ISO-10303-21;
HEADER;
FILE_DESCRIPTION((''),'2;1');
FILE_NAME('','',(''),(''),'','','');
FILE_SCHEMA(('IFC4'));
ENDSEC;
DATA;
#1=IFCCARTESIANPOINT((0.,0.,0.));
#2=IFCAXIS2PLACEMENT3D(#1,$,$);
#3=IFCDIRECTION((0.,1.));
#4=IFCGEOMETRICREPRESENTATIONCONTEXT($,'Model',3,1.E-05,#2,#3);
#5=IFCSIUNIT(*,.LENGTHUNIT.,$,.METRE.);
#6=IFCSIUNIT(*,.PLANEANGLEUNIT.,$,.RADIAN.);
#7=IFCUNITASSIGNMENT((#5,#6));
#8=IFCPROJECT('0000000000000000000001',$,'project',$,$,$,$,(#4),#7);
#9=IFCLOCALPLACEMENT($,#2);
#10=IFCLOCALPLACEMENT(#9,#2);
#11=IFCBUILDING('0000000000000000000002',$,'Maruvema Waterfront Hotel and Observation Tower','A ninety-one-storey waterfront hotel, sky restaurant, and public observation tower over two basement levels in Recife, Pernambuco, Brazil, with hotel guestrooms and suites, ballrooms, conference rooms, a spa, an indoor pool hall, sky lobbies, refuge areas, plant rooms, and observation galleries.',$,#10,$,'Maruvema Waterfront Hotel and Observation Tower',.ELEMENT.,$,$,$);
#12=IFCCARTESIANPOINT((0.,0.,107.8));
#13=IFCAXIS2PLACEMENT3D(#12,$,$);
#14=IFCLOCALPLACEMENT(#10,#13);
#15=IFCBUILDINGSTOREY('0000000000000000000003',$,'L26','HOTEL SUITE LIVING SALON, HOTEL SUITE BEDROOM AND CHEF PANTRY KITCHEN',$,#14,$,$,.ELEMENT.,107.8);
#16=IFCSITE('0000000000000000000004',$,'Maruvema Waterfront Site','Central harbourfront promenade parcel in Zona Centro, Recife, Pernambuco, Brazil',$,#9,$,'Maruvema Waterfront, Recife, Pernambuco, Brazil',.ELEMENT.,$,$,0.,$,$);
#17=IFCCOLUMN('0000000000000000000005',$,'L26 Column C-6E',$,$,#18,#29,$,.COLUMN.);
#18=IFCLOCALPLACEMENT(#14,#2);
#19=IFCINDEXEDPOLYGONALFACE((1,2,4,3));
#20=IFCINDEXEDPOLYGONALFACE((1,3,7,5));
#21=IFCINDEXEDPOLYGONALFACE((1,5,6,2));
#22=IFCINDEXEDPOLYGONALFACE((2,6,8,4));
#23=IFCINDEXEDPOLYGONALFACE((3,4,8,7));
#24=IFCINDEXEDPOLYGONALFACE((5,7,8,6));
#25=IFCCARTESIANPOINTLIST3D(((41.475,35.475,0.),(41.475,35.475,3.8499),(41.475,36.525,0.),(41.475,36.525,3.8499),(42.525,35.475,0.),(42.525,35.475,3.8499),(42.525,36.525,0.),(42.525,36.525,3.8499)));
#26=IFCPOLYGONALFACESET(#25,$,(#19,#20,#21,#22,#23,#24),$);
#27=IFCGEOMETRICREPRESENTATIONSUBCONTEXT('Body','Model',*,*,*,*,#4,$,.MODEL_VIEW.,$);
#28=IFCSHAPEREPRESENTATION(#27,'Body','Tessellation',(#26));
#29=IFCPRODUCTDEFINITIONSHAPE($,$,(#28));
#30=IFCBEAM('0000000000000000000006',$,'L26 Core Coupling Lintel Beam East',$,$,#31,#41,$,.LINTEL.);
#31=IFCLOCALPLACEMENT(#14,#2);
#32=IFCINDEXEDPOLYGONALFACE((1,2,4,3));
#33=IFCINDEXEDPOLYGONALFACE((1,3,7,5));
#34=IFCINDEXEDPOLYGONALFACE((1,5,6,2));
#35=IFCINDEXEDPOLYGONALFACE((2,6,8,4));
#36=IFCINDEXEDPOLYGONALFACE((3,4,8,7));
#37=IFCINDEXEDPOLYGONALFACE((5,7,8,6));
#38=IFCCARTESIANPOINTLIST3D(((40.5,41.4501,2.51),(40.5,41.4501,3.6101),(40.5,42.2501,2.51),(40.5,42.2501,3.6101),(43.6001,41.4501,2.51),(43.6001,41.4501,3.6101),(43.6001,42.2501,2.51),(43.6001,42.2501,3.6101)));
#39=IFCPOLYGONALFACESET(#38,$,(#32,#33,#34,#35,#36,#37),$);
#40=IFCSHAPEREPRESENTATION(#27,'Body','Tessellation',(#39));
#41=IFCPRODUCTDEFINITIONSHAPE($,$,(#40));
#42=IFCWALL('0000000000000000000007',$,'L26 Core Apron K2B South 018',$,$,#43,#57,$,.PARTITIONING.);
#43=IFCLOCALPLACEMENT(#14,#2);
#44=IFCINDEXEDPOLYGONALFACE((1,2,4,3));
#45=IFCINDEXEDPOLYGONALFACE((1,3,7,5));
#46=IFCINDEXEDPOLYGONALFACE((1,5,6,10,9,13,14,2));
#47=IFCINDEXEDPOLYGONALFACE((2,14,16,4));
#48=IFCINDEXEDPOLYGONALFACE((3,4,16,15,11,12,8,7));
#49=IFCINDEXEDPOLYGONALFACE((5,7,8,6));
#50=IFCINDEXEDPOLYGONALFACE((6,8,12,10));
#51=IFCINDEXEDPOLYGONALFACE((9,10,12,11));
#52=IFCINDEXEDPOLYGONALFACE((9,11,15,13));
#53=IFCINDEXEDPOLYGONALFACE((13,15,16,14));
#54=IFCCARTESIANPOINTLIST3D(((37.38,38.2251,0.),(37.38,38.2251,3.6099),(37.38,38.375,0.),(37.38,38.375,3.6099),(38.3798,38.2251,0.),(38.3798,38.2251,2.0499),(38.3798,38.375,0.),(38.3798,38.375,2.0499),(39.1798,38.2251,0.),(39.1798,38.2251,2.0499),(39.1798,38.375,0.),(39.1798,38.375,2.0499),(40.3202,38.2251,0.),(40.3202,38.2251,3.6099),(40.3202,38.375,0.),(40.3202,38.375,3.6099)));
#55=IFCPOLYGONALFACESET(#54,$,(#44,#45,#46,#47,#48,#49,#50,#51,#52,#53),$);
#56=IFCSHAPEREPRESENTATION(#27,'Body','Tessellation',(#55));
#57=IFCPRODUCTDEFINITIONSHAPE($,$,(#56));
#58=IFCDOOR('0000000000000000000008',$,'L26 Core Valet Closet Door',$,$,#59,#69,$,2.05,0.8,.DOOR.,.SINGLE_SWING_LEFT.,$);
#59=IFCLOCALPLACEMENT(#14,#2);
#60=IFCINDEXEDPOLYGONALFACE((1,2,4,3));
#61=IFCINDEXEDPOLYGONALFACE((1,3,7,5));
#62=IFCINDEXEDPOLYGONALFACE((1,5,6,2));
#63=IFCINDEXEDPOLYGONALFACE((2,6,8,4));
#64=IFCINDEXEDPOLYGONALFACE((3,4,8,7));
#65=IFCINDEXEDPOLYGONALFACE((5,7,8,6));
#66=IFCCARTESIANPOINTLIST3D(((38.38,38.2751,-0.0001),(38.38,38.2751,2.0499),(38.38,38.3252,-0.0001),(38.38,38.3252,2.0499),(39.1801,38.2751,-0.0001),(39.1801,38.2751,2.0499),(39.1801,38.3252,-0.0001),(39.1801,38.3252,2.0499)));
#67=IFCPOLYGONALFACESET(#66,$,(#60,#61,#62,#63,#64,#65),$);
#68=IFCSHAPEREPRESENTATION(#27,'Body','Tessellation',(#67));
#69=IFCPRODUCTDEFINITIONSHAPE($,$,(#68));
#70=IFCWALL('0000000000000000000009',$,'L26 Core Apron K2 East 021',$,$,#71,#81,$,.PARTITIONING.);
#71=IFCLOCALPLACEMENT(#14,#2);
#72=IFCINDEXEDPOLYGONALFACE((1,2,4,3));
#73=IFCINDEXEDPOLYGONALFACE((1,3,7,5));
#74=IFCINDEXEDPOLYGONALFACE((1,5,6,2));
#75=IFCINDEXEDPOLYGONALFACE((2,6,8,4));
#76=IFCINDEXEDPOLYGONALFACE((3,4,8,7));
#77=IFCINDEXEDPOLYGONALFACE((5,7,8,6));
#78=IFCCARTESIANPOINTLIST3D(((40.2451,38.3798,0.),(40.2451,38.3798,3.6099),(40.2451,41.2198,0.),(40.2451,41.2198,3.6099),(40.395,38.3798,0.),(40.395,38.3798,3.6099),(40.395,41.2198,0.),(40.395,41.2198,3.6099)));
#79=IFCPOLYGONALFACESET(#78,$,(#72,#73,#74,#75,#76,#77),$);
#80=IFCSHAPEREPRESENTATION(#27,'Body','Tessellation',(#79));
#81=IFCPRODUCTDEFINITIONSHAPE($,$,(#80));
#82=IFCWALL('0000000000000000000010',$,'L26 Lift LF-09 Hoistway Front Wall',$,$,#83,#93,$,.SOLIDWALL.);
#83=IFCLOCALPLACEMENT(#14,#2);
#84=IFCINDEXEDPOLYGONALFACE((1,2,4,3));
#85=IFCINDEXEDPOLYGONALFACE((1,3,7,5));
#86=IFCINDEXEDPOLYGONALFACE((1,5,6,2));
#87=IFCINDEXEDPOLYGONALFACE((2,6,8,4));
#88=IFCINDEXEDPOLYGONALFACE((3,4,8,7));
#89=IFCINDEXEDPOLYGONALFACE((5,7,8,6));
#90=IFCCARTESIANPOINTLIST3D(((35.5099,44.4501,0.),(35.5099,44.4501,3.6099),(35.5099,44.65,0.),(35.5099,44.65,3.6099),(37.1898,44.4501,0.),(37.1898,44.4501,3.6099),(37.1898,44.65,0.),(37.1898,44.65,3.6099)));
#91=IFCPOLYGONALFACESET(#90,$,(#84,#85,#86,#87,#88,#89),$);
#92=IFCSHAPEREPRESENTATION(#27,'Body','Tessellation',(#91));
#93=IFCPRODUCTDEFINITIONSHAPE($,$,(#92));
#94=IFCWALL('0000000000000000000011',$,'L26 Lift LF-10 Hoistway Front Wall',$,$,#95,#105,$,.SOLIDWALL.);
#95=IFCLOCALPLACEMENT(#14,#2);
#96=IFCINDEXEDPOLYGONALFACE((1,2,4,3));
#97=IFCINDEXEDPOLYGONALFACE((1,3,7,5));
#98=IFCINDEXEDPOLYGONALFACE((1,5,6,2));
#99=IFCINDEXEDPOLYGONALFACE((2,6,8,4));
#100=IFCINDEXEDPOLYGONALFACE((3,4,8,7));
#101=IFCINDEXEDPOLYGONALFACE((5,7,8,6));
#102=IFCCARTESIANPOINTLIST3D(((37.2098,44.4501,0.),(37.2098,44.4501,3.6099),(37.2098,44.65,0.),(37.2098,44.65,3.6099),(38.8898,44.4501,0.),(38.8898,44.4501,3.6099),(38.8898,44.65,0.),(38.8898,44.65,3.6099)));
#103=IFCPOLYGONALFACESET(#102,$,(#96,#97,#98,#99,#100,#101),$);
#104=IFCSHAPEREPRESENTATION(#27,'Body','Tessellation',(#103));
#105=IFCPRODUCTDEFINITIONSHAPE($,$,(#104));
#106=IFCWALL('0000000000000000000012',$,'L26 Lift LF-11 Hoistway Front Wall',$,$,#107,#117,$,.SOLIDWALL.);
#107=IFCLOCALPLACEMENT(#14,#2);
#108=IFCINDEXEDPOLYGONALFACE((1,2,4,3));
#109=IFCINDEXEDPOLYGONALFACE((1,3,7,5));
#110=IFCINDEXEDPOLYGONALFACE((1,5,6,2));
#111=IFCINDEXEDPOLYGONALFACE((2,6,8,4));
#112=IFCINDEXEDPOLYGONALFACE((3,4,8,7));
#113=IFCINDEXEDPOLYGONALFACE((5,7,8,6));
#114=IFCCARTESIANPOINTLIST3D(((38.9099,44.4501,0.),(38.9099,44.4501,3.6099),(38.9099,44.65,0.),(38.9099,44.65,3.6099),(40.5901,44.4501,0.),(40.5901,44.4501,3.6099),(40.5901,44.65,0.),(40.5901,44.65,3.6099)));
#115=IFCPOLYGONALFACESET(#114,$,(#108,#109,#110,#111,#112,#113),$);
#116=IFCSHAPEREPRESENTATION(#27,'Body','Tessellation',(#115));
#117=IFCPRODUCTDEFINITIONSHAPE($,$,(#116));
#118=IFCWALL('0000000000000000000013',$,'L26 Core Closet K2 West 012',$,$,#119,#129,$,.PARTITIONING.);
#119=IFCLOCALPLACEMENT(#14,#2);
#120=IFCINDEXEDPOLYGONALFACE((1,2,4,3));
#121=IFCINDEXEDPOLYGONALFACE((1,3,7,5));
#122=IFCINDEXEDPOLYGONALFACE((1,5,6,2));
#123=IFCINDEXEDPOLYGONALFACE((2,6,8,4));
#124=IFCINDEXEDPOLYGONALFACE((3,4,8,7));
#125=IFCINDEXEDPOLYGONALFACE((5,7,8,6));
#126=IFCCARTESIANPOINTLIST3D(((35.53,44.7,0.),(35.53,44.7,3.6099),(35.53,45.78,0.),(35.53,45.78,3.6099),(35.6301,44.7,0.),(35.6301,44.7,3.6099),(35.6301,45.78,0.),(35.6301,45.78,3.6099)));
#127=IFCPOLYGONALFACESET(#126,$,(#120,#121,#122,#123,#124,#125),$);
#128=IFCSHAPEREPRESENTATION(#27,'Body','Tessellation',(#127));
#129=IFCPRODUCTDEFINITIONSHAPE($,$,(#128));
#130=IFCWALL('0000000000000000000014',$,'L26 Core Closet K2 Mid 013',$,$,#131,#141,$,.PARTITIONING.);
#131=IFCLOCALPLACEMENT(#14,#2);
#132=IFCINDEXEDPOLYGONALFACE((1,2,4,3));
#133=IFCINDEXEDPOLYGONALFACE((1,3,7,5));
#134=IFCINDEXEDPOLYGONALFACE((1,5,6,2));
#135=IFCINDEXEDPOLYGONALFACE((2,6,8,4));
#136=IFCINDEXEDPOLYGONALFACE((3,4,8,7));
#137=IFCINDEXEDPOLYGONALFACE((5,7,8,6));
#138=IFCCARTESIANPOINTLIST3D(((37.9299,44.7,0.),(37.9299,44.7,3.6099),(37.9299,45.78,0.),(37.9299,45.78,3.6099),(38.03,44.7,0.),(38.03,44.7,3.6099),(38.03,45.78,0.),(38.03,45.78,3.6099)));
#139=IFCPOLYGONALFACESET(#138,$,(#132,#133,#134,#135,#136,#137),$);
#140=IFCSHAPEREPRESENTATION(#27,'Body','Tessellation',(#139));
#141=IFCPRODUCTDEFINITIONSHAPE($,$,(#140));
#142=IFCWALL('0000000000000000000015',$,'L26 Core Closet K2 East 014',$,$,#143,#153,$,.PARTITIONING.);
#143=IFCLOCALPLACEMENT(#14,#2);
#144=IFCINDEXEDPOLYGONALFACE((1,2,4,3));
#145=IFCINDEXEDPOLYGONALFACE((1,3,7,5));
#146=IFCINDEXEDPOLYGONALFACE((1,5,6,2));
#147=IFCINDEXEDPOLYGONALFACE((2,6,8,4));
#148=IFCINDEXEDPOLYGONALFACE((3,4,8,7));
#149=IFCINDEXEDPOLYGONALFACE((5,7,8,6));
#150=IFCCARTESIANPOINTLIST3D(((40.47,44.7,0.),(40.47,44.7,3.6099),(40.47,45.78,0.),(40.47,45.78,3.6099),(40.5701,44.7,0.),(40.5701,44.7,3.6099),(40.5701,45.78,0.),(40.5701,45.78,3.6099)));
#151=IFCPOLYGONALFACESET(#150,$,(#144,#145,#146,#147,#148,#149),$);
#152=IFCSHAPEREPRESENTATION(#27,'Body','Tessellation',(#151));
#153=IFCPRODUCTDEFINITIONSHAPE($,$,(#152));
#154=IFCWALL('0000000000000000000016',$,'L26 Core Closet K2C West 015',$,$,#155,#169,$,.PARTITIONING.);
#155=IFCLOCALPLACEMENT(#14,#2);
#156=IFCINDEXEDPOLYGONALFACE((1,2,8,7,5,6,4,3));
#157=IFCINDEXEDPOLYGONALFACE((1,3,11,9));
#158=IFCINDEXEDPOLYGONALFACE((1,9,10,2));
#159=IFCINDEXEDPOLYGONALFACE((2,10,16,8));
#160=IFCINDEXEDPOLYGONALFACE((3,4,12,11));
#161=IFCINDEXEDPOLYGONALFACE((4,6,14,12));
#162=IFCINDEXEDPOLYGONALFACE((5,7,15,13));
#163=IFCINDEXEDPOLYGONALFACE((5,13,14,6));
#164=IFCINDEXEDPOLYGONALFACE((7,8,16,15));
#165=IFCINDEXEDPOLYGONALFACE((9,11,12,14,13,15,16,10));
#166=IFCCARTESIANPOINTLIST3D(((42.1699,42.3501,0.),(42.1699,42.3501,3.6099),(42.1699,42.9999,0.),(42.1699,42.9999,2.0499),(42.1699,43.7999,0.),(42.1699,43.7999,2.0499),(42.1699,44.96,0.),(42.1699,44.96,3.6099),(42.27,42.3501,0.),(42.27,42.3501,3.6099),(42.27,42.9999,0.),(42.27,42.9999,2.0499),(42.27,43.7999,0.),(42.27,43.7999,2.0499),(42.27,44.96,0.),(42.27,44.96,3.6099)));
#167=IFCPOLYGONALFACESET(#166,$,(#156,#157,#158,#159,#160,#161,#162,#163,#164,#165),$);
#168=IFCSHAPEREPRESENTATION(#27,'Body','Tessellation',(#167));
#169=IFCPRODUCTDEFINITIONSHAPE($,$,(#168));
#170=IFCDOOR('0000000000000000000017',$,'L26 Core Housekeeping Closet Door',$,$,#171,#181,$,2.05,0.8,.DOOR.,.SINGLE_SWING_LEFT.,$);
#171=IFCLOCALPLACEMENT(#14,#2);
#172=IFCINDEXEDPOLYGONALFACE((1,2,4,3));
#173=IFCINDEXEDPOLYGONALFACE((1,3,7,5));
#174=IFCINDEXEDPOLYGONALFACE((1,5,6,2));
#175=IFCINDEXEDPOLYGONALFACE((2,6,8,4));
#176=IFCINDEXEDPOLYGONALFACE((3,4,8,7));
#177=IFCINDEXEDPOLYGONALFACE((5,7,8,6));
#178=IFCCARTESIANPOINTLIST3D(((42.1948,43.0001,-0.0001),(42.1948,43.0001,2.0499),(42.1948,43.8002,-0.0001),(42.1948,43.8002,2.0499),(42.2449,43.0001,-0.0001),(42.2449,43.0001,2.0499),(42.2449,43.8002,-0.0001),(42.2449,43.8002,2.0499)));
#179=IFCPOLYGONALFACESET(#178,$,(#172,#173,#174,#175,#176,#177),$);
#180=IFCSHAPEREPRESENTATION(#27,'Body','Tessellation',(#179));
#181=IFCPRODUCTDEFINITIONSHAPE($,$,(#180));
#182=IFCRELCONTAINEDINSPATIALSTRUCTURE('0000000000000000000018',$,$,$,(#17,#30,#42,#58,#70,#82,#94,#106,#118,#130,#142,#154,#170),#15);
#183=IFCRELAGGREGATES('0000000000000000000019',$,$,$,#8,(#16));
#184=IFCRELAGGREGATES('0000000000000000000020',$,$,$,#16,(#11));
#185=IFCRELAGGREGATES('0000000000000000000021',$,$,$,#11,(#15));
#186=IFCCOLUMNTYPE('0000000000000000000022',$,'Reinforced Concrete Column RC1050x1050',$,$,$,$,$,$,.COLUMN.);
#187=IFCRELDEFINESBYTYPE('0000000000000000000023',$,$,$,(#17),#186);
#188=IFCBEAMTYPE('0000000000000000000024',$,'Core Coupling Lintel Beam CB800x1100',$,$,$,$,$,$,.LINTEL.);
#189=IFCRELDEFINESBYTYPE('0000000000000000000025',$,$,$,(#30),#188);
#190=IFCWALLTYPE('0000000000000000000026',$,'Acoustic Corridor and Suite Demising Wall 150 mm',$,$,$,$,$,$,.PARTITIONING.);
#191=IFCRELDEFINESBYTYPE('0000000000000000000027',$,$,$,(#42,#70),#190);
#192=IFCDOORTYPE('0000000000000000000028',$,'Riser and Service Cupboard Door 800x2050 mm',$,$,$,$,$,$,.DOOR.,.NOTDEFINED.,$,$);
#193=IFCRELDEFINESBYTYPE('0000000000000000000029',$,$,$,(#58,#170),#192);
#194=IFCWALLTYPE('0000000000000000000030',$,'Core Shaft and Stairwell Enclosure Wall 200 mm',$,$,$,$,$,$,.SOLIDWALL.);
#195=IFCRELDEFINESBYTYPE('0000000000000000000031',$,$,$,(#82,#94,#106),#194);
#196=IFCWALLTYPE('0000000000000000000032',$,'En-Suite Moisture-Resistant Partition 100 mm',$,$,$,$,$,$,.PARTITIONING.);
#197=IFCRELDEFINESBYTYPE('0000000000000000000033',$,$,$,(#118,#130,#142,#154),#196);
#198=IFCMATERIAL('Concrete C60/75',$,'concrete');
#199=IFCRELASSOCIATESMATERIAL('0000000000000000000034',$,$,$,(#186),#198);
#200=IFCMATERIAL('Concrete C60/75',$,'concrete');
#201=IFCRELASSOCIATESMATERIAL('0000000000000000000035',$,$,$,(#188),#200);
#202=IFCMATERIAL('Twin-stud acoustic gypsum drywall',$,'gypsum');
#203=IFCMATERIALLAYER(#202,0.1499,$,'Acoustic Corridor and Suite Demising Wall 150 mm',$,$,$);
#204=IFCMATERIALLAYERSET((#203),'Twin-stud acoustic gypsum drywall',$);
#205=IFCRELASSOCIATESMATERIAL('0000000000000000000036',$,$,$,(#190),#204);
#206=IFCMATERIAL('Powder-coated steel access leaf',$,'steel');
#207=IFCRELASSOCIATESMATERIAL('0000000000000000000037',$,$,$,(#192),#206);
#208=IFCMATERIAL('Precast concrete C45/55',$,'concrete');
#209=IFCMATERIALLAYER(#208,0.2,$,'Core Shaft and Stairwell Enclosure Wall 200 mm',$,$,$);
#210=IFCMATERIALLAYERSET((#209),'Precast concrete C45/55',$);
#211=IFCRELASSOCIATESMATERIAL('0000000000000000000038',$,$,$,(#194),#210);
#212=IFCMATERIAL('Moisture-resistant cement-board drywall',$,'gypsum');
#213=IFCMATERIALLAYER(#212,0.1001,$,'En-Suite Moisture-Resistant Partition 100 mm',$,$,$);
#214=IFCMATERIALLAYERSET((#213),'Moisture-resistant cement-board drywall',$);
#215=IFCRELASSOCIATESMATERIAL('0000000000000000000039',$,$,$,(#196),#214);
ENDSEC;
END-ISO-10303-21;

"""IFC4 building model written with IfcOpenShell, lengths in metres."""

from ifc_helpers import new_model, si_unit, direction, frame, frame_2d, origin, origin_2d, place, context, subcontext, project, spatial, rectangle, extrude, material, layer, layer_set, material_profile, profile_set, type_object, element, fill, save


model = new_model("IFC4")

# Units and contexts
model_context = context("Model", 3, precision=1e-05, world=origin(), true_north=direction((0.0, 1.0)))
body_context = subcontext(model_context, "Body", "Model", "MODEL_VIEW")
ifc_project = project(units=[si_unit("LENGTHUNIT", "METRE"), si_unit("PLANEANGLEUNIT", "RADIAN")], contexts=[model_context])

# Site, building, storey
site_placement = place(None, origin())
site = spatial("IfcSite", under=ifc_project, at=site_placement, Name="Maruvema Waterfront Site", Description="Central harbourfront promenade parcel in Zona Centro, Recife, Pernambuco, Brazil", LongName="Maruvema Waterfront, Recife, Pernambuco, Brazil", CompositionType="ELEMENT", RefElevation=0.0)
building_placement = place(site_placement, origin())
building = spatial("IfcBuilding", under=site, at=building_placement, Name="Maruvema Waterfront Hotel and Observation Tower", Description="A ninety-one-storey waterfront hotel, sky restaurant, and public observation tower over two basement levels in Recife, Pernambuco, Brazil, with hotel guestrooms and suites, ballrooms, conference rooms, a spa, an indoor pool hall, sky lobbies, refuge areas, plant rooms, and observation galleries.", LongName="Maruvema Waterfront Hotel and Observation Tower", CompositionType="ELEMENT")
storey_placement = place(building_placement, frame((0.0, 0.0, 107.8)))
storey = spatial("IfcBuildingStorey", under=building, at=storey_placement, Name="L26", Description="HOTEL SUITE LIVING SALON, HOTEL SUITE BEDROOM AND CHEF PANTRY KITCHEN", CompositionType="ELEMENT", Elevation=107.8)

# Column
ifc_material_1 = material(Name="Concrete C60/75", Category="concrete")
ifc_material_profile_1 = material_profile(ifc_material_1, rectangle(XDim=1.05, YDim=1.05, at=origin_2d()), Name="RC1050x1050")
ifc_profile_set_1 = profile_set([ifc_material_profile_1], Name="Concrete C60/75")
column_type = type_object("IfcColumnType", Name="Reinforced Concrete Column RC1050x1050", PredefinedType="COLUMN", material=ifc_profile_set_1)
column_placement = place(storey_placement, frame((42.0, 36.0, 0.0), z_axis=(0.0, 0.0, 1.0), x_axis=(1.0, 0.0, 0.0)))
element("IfcColumn", 1, at=column_placement, inside=storey, type_object=column_type, Name="L26 Column C-6E", PredefinedType="COLUMN", context=body_context, shape_type="SweptSolid", body=[
    extrude(rectangle(XDim=1.05, YDim=1.05, at=origin_2d()), origin(), (0.0, 0.0, 1.0), 3.8499),
])

# Beam
ifc_material_2 = material(Name="Concrete C60/75", Category="concrete")
ifc_material_profile_2 = material_profile(ifc_material_2, rectangle(XDim=0.8, YDim=1.1001, at=origin_2d()), Name="CB800x1100")
ifc_profile_set_2 = profile_set([ifc_material_profile_2], Name="Concrete C60/75")
beam_type = type_object("IfcBeamType", Name="Core Coupling Lintel Beam CB800x1100", PredefinedType="LINTEL", material=ifc_profile_set_2)
beam_placement = place(storey_placement, frame((40.5, 41.8501, 3.0601), z_axis=(1.0, 0.0, 0.0), x_axis=(0.0, 1.0, 0.0)))
element("IfcBeam", 2, at=beam_placement, inside=storey, type_object=beam_type, Name="L26 Core Coupling Lintel Beam East", PredefinedType="LINTEL", context=body_context, shape_type="SweptSolid", body=[
    extrude(rectangle(XDim=0.8, YDim=1.1001, at=origin_2d()), origin(), (0.0, 0.0, 1.0), 3.1001),
])

# Wall, opening, door
ifc_material_3 = material(Name="Twin-stud acoustic gypsum drywall", Category="gypsum")
ifc_layer_1 = layer(ifc_material_3, 0.1499, Name="Acoustic Corridor and Suite Demising Wall 150 mm")
ifc_layer_set_1 = layer_set([ifc_layer_1], Name="Twin-stud acoustic gypsum drywall")
wall_type_1 = type_object("IfcWallType", Name="Acoustic Corridor and Suite Demising Wall 150 mm", PredefinedType="PARTITIONING", material=ifc_layer_set_1)
wall_1_placement = place(storey_placement, frame((37.3799, 38.3, 0.0), z_axis=(0.0, 0.0, 1.0), x_axis=(1.0, 0.0, 0.0)))
wall_1 = element("IfcWall", 3, at=wall_1_placement, inside=storey, type_object=wall_type_1, Name="L26 Core Apron K2B South 018", PredefinedType="PARTITIONING", context=body_context, shape_type="SweptSolid", body=[
    extrude(rectangle(XDim=2.9402, YDim=0.1499, at=frame_2d((1.4702, 0.0))), origin(), (0.0, 0.0, 1.0), 3.6099),
])
opening_1_placement = place(wall_1_placement, frame((1.0, 0.0, 0.0)))
opening_1 = element("IfcOpeningElement", 4, at=opening_1_placement, cuts=wall_1, PredefinedType="OPENING", context=body_context, shape_type="SweptSolid", body=[
    extrude(rectangle(XDim=0.8, YDim=2.05, at=frame_2d((0.3999, 1.0249))), frame((0.0, 0.085, 0.0), z_axis=(0.0, -1.0, 0.0), x_axis=(1.0, 0.0, 0.0)), (0.0, 0.0, 1.0), 0.1699),
])
ifc_material_4 = material(Name="Powder-coated steel access leaf", Category="steel")
door_type = type_object("IfcDoorType", Name="Riser and Service Cupboard Door 800x2050 mm", OperationType="NOTDEFINED", PredefinedType="DOOR", material=ifc_material_4)
door_1_placement = place(opening_1_placement, frame((0.8, 0.0, 0.0), z_axis=(0.0, 0.0, 1.0), x_axis=(-1.0, 0.0, 0.0)))
door_1 = element("IfcDoor", 5, at=door_1_placement, inside=storey, type_object=door_type, Name="L26 Core Valet Closet Door", OperationType="SINGLE_SWING_LEFT", OverallHeight=2.05, OverallWidth=0.8, PredefinedType="DOOR", context=body_context, shape_type="SweptSolid", body=[
    extrude(rectangle(XDim=0.8, YDim=2.05, at=frame_2d((0.3999, 1.0249))), frame((0.0, 0.0249, 0.0), z_axis=(0.0, -1.0, 0.0), x_axis=(1.0, 0.0, 0.0)), (0.0, 0.0, 1.0), 0.05),
])
fill(opening_1, door_1)

# Walls
wall_2_placement = place(storey_placement, frame((40.3201, 38.3799, 0.0), z_axis=(0.0, 0.0, 1.0), x_axis=(0.0, 1.0, 0.0)))
element("IfcWall", 6, at=wall_2_placement, inside=storey, type_object=wall_type_1, Name="L26 Core Apron K2 East 021", PredefinedType="PARTITIONING", context=body_context, shape_type="SweptSolid", body=[
    extrude(rectangle(XDim=2.8401, YDim=0.1499, at=frame_2d((1.4199, 0.0))), origin(), (0.0, 0.0, 1.0), 3.6099),
])
ifc_material_5 = material(Name="Precast concrete C45/55", Category="concrete")
ifc_layer_2 = layer(ifc_material_5, 0.2, Name="Core Shaft and Stairwell Enclosure Wall 200 mm")
ifc_layer_set_2 = layer_set([ifc_layer_2], Name="Precast concrete C45/55")
wall_type_2 = type_object("IfcWallType", Name="Core Shaft and Stairwell Enclosure Wall 200 mm", PredefinedType="SOLIDWALL", material=ifc_layer_set_2)
for number, where, z_axis, x_axis, name in (
    (7, (35.51, 44.55, 0.0), (0.0, 0.0, 1.0), (1.0, 0.0, 0.0), "L26 Lift LF-09 Hoistway Front Wall"),
    (8, (37.21, 44.55, 0.0), (0.0, 0.0, 1.0), (1.0, 0.0, 0.0), "L26 Lift LF-10 Hoistway Front Wall"),
):
    element("IfcWall", number, at=place(storey_placement, frame(where, z_axis=z_axis, x_axis=x_axis)), inside=storey, type_object=wall_type_2, Name=name, PredefinedType="SOLIDWALL", context=body_context, shape_type="SweptSolid", body=[
        extrude(rectangle(XDim=1.6799, YDim=0.2, at=frame_2d((0.8398, 0.0))), origin(), (0.0, 0.0, 1.0), 3.6099),
    ])
wall_3_placement = place(storey_placement, frame((38.9099, 44.55, 0.0), z_axis=(0.0, 0.0, 1.0), x_axis=(1.0, 0.0, 0.0)))
element("IfcWall", 9, at=wall_3_placement, inside=storey, type_object=wall_type_2, Name="L26 Lift LF-11 Hoistway Front Wall", PredefinedType="SOLIDWALL", context=body_context, shape_type="SweptSolid", body=[
    extrude(rectangle(XDim=1.6802, YDim=0.2, at=frame_2d((0.8401, 0.0))), origin(), (0.0, 0.0, 1.0), 3.6099),
])
ifc_material_6 = material(Name="Moisture-resistant cement-board drywall", Category="gypsum")
ifc_layer_3 = layer(ifc_material_6, 0.1001, Name="En-Suite Moisture-Resistant Partition 100 mm")
ifc_layer_set_3 = layer_set([ifc_layer_3], Name="Moisture-resistant cement-board drywall")
wall_type_3 = type_object("IfcWallType", Name="En-Suite Moisture-Resistant Partition 100 mm", PredefinedType="PARTITIONING", material=ifc_layer_set_3)
for number, where, z_axis, x_axis, name in (
    (10, (35.5801, 44.7, 0.0), (0.0, 0.0, 1.0), (0.0, 1.0, 0.0), "L26 Core Closet K2 West 012"),
    (11, (37.98, 44.7, 0.0), (0.0, 0.0, 1.0), (0.0, 1.0, 0.0), "L26 Core Closet K2 Mid 013"),
    (12, (40.52, 44.7, 0.0), (0.0, 0.0, 1.0), (0.0, 1.0, 0.0), "L26 Core Closet K2 East 014"),
):
    element("IfcWall", number, at=place(storey_placement, frame(where, z_axis=z_axis, x_axis=x_axis)), inside=storey, type_object=wall_type_3, Name=name, PredefinedType="PARTITIONING", context=body_context, shape_type="SweptSolid", body=[
        extrude(rectangle(XDim=1.0801, YDim=0.1001, at=frame_2d((0.54, 0.0))), origin(), (0.0, 0.0, 1.0), 3.6099),
    ])

# Wall, opening, door
wall_4_placement = place(storey_placement, frame((42.22, 42.3501, 0.0), z_axis=(0.0, 0.0, 1.0), x_axis=(0.0, 1.0, 0.0)))
wall_4 = element("IfcWall", 13, at=wall_4_placement, inside=storey, type_object=wall_type_3, Name="L26 Core Closet K2C West 015", PredefinedType="PARTITIONING", context=body_context, shape_type="SweptSolid", body=[
    extrude(rectangle(XDim=2.6099, YDim=0.1001, at=frame_2d((1.3049, 0.0))), origin(), (0.0, 0.0, 1.0), 3.6099),
])
opening_2_placement = place(wall_4_placement, frame((0.6499, 0.0, 0.0)))
opening_2 = element("IfcOpeningElement", 14, at=opening_2_placement, cuts=wall_4, PredefinedType="OPENING", context=body_context, shape_type="SweptSolid", body=[
    extrude(rectangle(XDim=0.8, YDim=2.05, at=frame_2d((0.3999, 1.0249))), frame((0.0, 0.0601, 0.0), z_axis=(0.0, -1.0, 0.0), x_axis=(1.0, 0.0, 0.0)), (0.0, 0.0, 1.0), 0.1201),
])
door_2_placement = place(opening_2_placement, frame((0.8, 0.0, 0.0), z_axis=(0.0, 0.0, 1.0), x_axis=(-1.0, 0.0, 0.0)))
door_2 = element("IfcDoor", 15, at=door_2_placement, inside=storey, type_object=door_type, Name="L26 Core Housekeeping Closet Door", OperationType="SINGLE_SWING_LEFT", OverallHeight=2.05, OverallWidth=0.8, PredefinedType="DOOR", context=body_context, shape_type="SweptSolid", body=[
    extrude(rectangle(XDim=0.8, YDim=2.05, at=frame_2d((0.3999, 1.0249))), frame((0.0, 0.0249, 0.0), z_axis=(0.0, -1.0, 0.0), x_axis=(1.0, 0.0, 0.0)), (0.0, 0.0, 1.0), 0.05),
])
fill(opening_2, door_2)

save(model, "model.ifc")
